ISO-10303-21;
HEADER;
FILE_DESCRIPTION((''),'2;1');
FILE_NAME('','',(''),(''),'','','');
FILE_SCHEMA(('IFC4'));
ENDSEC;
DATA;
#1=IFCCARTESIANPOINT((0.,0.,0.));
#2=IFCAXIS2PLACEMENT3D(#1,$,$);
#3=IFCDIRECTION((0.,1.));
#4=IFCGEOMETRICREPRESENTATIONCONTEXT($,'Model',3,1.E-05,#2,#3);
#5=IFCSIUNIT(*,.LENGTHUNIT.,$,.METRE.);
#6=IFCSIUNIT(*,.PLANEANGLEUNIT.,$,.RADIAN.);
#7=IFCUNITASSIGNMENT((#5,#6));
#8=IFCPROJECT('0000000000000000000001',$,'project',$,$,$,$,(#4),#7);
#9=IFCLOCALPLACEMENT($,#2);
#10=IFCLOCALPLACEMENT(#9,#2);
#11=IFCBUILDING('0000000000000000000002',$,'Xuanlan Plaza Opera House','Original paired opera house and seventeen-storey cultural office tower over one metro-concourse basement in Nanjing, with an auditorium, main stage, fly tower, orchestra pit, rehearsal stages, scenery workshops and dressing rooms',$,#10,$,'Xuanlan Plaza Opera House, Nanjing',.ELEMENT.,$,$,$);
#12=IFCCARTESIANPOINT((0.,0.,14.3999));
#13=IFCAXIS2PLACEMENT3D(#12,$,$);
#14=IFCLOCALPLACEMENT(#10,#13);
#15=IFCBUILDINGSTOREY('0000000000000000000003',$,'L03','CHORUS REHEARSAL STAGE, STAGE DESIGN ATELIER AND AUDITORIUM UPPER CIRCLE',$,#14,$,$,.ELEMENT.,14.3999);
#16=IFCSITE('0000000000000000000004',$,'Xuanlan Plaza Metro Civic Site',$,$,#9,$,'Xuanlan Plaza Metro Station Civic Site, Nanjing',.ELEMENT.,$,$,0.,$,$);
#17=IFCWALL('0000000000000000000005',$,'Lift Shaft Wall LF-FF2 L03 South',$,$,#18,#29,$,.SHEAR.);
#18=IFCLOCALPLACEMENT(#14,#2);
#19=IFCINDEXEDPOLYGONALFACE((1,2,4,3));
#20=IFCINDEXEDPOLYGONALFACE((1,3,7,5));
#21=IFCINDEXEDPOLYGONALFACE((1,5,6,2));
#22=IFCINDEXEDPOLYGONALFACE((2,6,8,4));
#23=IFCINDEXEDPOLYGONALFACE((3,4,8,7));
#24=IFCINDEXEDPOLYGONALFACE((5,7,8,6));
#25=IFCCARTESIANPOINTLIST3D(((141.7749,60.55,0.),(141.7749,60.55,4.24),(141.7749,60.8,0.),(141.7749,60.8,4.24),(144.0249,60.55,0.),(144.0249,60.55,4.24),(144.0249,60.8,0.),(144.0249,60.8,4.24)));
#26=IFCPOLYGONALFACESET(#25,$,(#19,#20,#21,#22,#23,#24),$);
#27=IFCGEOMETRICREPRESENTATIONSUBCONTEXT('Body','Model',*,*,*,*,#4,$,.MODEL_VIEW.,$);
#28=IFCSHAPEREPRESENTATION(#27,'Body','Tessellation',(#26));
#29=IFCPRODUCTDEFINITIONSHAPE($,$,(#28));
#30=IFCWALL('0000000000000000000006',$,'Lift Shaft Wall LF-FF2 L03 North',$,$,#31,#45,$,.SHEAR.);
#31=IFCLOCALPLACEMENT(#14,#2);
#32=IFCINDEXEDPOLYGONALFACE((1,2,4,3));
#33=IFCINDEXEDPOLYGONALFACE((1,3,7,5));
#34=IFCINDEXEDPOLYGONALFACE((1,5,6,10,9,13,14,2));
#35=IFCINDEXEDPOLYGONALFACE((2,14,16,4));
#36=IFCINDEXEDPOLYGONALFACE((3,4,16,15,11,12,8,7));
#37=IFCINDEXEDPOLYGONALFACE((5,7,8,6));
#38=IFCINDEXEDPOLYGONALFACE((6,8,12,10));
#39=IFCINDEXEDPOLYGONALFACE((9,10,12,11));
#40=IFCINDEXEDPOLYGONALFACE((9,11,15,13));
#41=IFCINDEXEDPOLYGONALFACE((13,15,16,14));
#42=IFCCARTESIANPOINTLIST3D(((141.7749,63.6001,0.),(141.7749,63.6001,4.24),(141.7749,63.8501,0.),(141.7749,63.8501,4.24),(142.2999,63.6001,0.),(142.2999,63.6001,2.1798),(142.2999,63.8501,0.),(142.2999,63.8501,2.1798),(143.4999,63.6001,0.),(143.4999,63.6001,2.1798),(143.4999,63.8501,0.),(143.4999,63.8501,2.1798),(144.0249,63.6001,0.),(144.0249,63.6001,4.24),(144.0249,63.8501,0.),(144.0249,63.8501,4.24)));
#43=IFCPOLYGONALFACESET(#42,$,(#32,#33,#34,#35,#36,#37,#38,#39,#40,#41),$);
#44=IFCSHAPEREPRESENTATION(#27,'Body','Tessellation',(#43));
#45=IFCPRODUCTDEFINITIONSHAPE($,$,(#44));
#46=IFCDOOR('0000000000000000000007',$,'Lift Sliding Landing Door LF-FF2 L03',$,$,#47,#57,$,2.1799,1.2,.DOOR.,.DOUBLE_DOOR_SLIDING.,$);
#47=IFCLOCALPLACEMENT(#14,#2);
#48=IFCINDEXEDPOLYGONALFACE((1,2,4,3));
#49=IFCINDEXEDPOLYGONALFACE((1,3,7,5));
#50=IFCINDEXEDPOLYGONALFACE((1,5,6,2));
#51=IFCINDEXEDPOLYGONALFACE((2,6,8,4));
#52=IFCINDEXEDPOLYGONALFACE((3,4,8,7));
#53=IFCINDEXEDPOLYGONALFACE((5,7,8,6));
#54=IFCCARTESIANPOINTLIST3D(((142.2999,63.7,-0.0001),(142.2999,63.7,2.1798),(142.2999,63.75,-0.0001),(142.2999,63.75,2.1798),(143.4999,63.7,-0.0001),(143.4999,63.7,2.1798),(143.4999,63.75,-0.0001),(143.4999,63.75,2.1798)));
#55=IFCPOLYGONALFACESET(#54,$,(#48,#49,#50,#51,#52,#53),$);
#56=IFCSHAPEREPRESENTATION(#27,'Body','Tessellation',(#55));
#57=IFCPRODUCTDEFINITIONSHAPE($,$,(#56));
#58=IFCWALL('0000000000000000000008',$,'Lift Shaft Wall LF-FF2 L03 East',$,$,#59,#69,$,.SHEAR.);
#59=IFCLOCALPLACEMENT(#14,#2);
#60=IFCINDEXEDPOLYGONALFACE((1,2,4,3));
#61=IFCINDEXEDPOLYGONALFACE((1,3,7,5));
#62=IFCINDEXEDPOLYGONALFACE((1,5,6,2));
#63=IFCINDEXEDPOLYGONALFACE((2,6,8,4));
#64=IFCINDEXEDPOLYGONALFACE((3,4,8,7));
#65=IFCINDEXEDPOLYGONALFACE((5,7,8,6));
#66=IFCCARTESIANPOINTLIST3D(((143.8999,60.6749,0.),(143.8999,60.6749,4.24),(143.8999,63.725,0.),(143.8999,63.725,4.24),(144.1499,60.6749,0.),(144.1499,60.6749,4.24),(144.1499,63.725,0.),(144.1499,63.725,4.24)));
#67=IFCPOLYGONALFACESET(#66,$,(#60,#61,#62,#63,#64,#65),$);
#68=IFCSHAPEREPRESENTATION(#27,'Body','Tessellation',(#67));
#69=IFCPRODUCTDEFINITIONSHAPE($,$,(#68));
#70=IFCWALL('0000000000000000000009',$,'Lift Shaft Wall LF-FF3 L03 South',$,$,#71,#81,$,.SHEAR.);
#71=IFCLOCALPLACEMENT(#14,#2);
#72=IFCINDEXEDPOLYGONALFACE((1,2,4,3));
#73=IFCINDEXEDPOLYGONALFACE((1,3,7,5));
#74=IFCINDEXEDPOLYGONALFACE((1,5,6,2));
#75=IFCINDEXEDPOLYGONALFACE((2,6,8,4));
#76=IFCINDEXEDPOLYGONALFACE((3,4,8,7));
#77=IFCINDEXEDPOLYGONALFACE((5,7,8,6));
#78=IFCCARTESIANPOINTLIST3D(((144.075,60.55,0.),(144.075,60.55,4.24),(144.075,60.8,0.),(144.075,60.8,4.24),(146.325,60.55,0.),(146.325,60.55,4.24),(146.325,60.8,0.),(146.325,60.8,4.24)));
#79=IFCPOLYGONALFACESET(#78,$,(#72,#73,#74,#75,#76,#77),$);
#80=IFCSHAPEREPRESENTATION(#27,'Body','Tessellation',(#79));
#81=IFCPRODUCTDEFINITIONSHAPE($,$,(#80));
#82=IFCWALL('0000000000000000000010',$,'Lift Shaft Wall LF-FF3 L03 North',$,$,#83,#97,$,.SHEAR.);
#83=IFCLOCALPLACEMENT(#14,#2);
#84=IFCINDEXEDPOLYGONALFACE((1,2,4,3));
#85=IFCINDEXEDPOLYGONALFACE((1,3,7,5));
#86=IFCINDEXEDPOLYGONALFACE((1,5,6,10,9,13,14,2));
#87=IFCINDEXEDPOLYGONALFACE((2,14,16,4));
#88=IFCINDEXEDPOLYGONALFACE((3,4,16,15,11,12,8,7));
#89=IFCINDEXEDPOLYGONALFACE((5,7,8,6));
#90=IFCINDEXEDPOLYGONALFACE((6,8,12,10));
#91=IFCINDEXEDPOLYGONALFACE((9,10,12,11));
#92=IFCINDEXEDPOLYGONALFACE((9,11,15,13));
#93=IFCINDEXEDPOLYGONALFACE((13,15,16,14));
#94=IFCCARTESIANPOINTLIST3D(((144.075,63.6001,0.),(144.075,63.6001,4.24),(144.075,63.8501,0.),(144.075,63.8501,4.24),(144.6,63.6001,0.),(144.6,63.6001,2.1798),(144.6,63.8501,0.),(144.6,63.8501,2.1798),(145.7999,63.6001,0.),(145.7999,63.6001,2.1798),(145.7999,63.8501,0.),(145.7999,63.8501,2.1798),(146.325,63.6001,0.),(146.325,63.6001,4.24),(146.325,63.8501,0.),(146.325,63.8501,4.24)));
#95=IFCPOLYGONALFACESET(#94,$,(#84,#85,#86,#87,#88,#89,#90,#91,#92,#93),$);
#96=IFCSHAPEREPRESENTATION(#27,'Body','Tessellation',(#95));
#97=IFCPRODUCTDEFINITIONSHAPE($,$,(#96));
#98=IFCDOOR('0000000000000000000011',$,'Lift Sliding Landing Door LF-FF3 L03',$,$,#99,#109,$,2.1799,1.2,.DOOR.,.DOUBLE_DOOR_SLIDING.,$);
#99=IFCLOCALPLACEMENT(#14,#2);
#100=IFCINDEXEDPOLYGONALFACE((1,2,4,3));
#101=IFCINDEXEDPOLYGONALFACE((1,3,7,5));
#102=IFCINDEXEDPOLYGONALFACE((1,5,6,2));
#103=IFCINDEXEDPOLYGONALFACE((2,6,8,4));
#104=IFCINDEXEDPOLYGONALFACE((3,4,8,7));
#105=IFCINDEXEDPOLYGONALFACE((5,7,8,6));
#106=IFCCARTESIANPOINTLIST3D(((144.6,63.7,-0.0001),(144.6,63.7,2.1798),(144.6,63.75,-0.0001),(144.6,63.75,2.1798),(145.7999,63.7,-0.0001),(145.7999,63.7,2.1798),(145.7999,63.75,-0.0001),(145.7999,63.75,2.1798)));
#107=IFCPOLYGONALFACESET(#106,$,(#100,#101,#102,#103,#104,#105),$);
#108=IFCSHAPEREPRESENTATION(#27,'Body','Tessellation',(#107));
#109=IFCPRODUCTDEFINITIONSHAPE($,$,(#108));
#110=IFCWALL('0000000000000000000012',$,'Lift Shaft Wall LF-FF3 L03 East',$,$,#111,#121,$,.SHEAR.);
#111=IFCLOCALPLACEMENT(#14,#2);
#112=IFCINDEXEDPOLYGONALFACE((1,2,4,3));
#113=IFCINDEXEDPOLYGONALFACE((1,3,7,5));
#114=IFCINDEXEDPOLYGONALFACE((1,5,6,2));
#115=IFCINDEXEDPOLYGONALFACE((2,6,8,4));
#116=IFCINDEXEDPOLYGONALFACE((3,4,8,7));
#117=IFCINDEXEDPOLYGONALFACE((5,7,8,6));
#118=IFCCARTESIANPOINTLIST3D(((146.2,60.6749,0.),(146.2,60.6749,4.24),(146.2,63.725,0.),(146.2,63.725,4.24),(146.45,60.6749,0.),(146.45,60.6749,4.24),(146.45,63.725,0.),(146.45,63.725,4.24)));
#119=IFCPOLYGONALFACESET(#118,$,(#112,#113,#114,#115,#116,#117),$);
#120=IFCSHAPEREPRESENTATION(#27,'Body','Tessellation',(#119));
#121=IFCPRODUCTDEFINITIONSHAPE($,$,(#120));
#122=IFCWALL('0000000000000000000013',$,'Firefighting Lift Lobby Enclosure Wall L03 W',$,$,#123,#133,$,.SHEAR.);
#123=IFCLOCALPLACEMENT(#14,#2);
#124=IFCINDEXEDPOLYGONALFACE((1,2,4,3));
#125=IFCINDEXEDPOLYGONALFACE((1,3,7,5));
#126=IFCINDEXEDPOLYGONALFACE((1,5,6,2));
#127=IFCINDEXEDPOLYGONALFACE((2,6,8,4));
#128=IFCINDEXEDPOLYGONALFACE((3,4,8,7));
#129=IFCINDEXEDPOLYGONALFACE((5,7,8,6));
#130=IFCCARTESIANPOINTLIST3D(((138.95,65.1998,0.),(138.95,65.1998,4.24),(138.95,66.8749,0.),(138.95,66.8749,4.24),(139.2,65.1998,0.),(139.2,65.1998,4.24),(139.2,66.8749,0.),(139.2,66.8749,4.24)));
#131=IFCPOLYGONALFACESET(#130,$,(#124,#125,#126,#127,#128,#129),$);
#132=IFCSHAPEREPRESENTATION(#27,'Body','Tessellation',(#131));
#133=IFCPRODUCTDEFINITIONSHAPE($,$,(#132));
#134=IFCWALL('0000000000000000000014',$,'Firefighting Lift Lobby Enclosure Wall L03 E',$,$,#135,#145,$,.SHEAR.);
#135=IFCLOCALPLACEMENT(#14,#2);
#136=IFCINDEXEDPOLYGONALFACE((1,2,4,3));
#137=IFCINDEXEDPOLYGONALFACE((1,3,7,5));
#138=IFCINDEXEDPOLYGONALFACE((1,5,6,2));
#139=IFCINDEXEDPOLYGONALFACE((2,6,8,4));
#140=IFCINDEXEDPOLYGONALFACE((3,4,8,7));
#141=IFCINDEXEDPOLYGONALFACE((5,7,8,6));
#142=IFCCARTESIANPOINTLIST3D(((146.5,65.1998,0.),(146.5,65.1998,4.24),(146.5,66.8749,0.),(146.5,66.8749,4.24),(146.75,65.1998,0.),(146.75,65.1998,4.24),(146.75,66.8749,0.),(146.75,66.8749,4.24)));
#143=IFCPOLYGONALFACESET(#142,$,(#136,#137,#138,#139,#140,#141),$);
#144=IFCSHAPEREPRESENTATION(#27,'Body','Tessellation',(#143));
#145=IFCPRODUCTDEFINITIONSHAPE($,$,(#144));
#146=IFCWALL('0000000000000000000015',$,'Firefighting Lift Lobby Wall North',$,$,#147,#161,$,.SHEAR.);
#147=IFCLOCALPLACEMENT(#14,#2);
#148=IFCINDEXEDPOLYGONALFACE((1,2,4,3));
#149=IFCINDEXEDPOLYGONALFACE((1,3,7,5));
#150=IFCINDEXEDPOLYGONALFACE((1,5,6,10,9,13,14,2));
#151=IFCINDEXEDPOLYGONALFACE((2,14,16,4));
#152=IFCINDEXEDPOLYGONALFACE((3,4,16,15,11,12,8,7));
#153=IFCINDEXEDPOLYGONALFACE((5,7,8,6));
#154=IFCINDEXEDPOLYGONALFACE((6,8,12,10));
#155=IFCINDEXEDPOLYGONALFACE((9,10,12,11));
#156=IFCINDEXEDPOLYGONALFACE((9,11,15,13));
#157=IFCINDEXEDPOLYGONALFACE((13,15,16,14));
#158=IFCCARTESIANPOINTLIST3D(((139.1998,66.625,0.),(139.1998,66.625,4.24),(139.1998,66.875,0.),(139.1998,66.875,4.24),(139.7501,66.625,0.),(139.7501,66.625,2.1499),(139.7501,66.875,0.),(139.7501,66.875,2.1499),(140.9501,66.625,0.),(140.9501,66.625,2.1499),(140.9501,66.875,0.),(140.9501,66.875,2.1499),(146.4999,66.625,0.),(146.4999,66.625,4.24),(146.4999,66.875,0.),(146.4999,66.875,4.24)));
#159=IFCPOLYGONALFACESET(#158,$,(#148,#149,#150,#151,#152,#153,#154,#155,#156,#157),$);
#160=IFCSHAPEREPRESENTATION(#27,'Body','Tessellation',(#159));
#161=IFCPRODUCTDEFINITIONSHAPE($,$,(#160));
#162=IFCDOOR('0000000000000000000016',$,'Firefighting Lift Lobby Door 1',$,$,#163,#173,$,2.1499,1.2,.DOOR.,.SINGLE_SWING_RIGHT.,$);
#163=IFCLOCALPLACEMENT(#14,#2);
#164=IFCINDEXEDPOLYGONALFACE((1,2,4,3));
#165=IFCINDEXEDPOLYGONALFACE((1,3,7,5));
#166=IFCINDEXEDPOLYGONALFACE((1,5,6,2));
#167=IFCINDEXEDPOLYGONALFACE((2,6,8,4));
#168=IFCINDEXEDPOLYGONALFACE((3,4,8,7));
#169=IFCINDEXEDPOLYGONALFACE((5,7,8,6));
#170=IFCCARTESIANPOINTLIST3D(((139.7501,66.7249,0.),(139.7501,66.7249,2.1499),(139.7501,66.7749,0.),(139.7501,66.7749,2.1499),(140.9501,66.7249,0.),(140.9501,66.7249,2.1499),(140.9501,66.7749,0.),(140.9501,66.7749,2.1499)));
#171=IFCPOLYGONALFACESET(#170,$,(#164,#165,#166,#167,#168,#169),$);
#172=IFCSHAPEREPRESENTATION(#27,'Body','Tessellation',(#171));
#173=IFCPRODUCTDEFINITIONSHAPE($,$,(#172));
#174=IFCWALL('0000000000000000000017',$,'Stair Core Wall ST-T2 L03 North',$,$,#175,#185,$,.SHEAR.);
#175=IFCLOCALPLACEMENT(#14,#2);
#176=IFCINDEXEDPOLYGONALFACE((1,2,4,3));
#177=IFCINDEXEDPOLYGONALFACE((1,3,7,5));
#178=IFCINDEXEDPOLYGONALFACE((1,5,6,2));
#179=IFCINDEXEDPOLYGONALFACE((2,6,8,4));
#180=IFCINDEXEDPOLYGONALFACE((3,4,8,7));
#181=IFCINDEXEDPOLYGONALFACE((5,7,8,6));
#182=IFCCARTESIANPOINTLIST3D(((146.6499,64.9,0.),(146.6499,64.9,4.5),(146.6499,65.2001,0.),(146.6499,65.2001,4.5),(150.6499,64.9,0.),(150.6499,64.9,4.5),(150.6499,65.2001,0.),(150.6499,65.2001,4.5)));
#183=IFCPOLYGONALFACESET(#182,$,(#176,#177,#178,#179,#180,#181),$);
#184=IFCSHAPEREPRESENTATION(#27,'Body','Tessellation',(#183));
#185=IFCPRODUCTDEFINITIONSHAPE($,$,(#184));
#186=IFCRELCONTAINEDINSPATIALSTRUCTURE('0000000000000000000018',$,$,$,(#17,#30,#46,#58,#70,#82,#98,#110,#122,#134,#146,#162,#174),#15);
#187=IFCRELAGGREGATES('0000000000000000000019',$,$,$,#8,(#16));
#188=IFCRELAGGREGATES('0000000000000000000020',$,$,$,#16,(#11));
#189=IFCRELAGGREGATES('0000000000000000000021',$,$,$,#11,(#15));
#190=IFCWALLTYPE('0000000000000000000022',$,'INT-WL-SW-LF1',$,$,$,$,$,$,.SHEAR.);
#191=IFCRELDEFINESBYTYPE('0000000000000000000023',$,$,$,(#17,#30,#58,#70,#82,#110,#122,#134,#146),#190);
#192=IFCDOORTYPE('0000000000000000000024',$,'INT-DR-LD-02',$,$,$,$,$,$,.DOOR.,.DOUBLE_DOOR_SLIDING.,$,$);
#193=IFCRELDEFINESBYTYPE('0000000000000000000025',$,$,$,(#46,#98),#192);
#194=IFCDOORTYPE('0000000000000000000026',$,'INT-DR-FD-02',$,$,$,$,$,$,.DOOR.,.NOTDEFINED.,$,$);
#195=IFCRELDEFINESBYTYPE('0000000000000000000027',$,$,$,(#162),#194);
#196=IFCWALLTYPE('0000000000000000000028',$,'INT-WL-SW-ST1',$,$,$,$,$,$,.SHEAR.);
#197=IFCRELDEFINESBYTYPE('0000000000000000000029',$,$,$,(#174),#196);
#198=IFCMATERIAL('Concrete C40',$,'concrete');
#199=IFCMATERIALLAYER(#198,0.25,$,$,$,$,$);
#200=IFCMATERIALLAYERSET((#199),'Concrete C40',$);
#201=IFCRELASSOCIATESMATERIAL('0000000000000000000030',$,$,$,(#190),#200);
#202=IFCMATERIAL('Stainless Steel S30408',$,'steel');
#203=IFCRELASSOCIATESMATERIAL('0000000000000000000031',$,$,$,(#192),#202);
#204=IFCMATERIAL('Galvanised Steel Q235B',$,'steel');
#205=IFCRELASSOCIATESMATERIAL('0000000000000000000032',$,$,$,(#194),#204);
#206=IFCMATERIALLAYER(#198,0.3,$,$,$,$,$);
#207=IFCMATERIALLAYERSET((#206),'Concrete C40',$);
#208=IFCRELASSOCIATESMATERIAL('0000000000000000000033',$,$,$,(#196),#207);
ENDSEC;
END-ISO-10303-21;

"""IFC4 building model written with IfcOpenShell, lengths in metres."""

from ifc_helpers import new_model, si_unit, direction, frame, frame_2d, origin, place, context, subcontext, project, spatial, rectangle, extrude, material, layer, layer_set, type_object, element, fill, save


model = new_model("IFC4")

# Units and contexts
model_context = context("Model", 3, precision=1e-05, world=origin(), true_north=direction((0.0, 1.0)))
body_context = subcontext(model_context, "Body", "Model", "MODEL_VIEW")
ifc_project = project(units=[si_unit("LENGTHUNIT", "METRE"), si_unit("PLANEANGLEUNIT", "RADIAN")], contexts=[model_context])

# Site, building, storey
site_placement = place(None, origin())
site = spatial("IfcSite", under=ifc_project, at=site_placement, Name="Xuanlan Plaza Metro Civic Site", LongName="Xuanlan Plaza Metro Station Civic Site, Nanjing", CompositionType="ELEMENT", RefElevation=0.0)
building_placement = place(site_placement, origin())
building = spatial("IfcBuilding", under=site, at=building_placement, Name="Xuanlan Plaza Opera House", Description="Original paired opera house and seventeen-storey cultural office tower over one metro-concourse basement in Nanjing, with an auditorium, main stage, fly tower, orchestra pit, rehearsal stages, scenery workshops and dressing rooms", LongName="Xuanlan Plaza Opera House, Nanjing", CompositionType="ELEMENT")
storey_placement = place(building_placement, frame((0.0, 0.0, 14.3999)))
storey = spatial("IfcBuildingStorey", under=building, at=storey_placement, Name="L03", Description="CHORUS REHEARSAL STAGE, STAGE DESIGN ATELIER AND AUDITORIUM UPPER CIRCLE", CompositionType="ELEMENT", Elevation=14.3999)

# Shared definitions
ifc_material_1 = material(Name="Concrete C40", Category="concrete")

# Shared definitions
ifc_layer_1 = layer(ifc_material_1, 0.25)
ifc_layer_set_1 = layer_set([ifc_layer_1], Name="Concrete C40")
wall_type_1 = type_object("IfcWallType", Name="INT-WL-SW-LF1", PredefinedType="SHEAR", material=ifc_layer_set_1)

# Shared definitions
ifc_material_2 = material(Name="Stainless Steel S30408", Category="steel")
door_type_1 = type_object("IfcDoorType", Name="INT-DR-LD-02", OperationType="DOUBLE_DOOR_SLIDING", PredefinedType="DOOR", material=ifc_material_2)

# Wall
wall_1_placement = place(storey_placement, frame((141.7749, 60.675, 0.0), z_axis=(0.0, 0.0, 1.0), x_axis=(1.0, 0.0, 0.0)))
element("IfcWall", 1, at=wall_1_placement, inside=storey, type_object=wall_type_1, Name="Lift Shaft Wall LF-FF2 L03 South", PredefinedType="SHEAR", context=body_context, shape_type="SweptSolid", body=[
    extrude(rectangle(XDim=2.25, YDim=0.25, at=frame_2d((1.125, 0.0))), origin(), (0.0, 0.0, 1.0), 4.24),
])

# Wall, opening, door
wall_2_placement = place(storey_placement, frame((141.7749, 63.7251, 0.0), z_axis=(0.0, 0.0, 1.0), x_axis=(1.0, 0.0, 0.0)))
wall_2 = element("IfcWall", 2, at=wall_2_placement, inside=storey, type_object=wall_type_1, Name="Lift Shaft Wall LF-FF2 L03 North", PredefinedType="SHEAR", context=body_context, shape_type="SweptSolid", body=[
    extrude(rectangle(XDim=2.25, YDim=0.25, at=frame_2d((1.125, 0.0))), origin(), (0.0, 0.0, 1.0), 4.24),
])
opening_1_placement = place(wall_2_placement, frame((0.5249, 0.0, 0.0)))
opening_1 = element("IfcOpeningElement", 3, at=opening_1_placement, cuts=wall_2, PredefinedType="OPENING", context=body_context, shape_type="SweptSolid", body=[
    extrude(rectangle(XDim=1.2, YDim=2.1799, at=frame_2d((0.6001, 1.0898))), frame((0.0, 0.135, 0.0), z_axis=(0.0, -1.0, 0.0), x_axis=(1.0, 0.0, 0.0)), (0.0, 0.0, 1.0), 0.27),
])
door_1_placement = place(opening_1_placement, origin())
door_1 = element("IfcDoor", 4, at=door_1_placement, inside=storey, type_object=door_type_1, Name="Lift Sliding Landing Door LF-FF2 L03", OperationType="DOUBLE_DOOR_SLIDING", OverallHeight=2.1799, OverallWidth=1.2, PredefinedType="DOOR", context=body_context, shape_type="SweptSolid", body=[
    extrude(rectangle(XDim=1.2, YDim=2.1799, at=frame_2d((0.6001, 1.0898))), frame((0.0, 0.0249, 0.0), z_axis=(0.0, -1.0, 0.0), x_axis=(1.0, 0.0, 0.0)), (0.0, 0.0, 1.0), 0.05),
])
fill(opening_1, door_1)

# Walls
wall_3_placement = place(storey_placement, frame((144.0249, 60.675, 0.0), z_axis=(0.0, 0.0, 1.0), x_axis=(0.0, 1.0, 0.0)))
element("IfcWall", 5, at=wall_3_placement, inside=storey, type_object=wall_type_1, Name="Lift Shaft Wall LF-FF2 L03 East", PredefinedType="SHEAR", context=body_context, shape_type="SweptSolid", body=[
    extrude(rectangle(XDim=3.05, YDim=0.25, at=frame_2d((1.5249, 0.0))), origin(), (0.0, 0.0, 1.0), 4.24),
])
wall_4_placement = place(storey_placement, frame((144.075, 60.675, 0.0), z_axis=(0.0, 0.0, 1.0), x_axis=(1.0, 0.0, 0.0)))
element("IfcWall", 6, at=wall_4_placement, inside=storey, type_object=wall_type_1, Name="Lift Shaft Wall LF-FF3 L03 South", PredefinedType="SHEAR", context=body_context, shape_type="SweptSolid", body=[
    extrude(rectangle(XDim=2.25, YDim=0.25, at=frame_2d((1.125, 0.0))), origin(), (0.0, 0.0, 1.0), 4.24),
])

# Wall, opening, door
wall_5_placement = place(storey_placement, frame((144.075, 63.7251, 0.0), z_axis=(0.0, 0.0, 1.0), x_axis=(1.0, 0.0, 0.0)))
wall_5 = element("IfcWall", 7, at=wall_5_placement, inside=storey, type_object=wall_type_1, Name="Lift Shaft Wall LF-FF3 L03 North", PredefinedType="SHEAR", context=body_context, shape_type="SweptSolid", body=[
    extrude(rectangle(XDim=2.25, YDim=0.25, at=frame_2d((1.125, 0.0))), origin(), (0.0, 0.0, 1.0), 4.24),
])
opening_2_placement = place(wall_5_placement, frame((0.5249, 0.0, 0.0)))
opening_2 = element("IfcOpeningElement", 8, at=opening_2_placement, cuts=wall_5, PredefinedType="OPENING", context=body_context, shape_type="SweptSolid", body=[
    extrude(rectangle(XDim=1.2, YDim=2.1799, at=frame_2d((0.6001, 1.0898))), frame((0.0, 0.135, 0.0), z_axis=(0.0, -1.0, 0.0), x_axis=(1.0, 0.0, 0.0)), (0.0, 0.0, 1.0), 0.27),
])
door_2_placement = place(opening_2_placement, origin())
door_2 = element("IfcDoor", 9, at=door_2_placement, inside=storey, type_object=door_type_1, Name="Lift Sliding Landing Door LF-FF3 L03", OperationType="DOUBLE_DOOR_SLIDING", OverallHeight=2.1799, OverallWidth=1.2, PredefinedType="DOOR", context=body_context, shape_type="SweptSolid", body=[
    extrude(rectangle(XDim=1.2, YDim=2.1799, at=frame_2d((0.6001, 1.0898))), frame((0.0, 0.0249, 0.0), z_axis=(0.0, -1.0, 0.0), x_axis=(1.0, 0.0, 0.0)), (0.0, 0.0, 1.0), 0.05),
])
fill(opening_2, door_2)

# Walls
wall_6_placement = place(storey_placement, frame((146.325, 60.675, 0.0), z_axis=(0.0, 0.0, 1.0), x_axis=(0.0, 1.0, 0.0)))
element("IfcWall", 10, at=wall_6_placement, inside=storey, type_object=wall_type_1, Name="Lift Shaft Wall LF-FF3 L03 East", PredefinedType="SHEAR", context=body_context, shape_type="SweptSolid", body=[
    extrude(rectangle(XDim=3.05, YDim=0.25, at=frame_2d((1.5249, 0.0))), origin(), (0.0, 0.0, 1.0), 4.24),
])
for number, where, z_axis, x_axis, name in (
    (11, (139.075, 65.2, 0.0), (0.0, 0.0, 1.0), (0.0, 1.0, 0.0), "Firefighting Lift Lobby Enclosure Wall L03 W"),
    (12, (146.625, 65.2, 0.0), (0.0, 0.0, 1.0), (0.0, 1.0, 0.0), "Firefighting Lift Lobby Enclosure Wall L03 E"),
):
    element("IfcWall", number, at=place(storey_placement, frame(where, z_axis=z_axis, x_axis=x_axis)), inside=storey, type_object=wall_type_1, Name=name, PredefinedType="SHEAR", context=body_context, shape_type="SweptSolid", body=[
        extrude(rectangle(XDim=1.675, YDim=0.25, at=frame_2d((0.8374, 0.0))), origin(), (0.0, 0.0, 1.0), 4.24),
    ])

# Wall, opening, door
wall_7_placement = place(storey_placement, frame((139.2, 66.75, 0.0), z_axis=(0.0, 0.0, 1.0), x_axis=(1.0, 0.0, 0.0)))
wall_7 = element("IfcWall", 13, at=wall_7_placement, inside=storey, type_object=wall_type_1, Name="Firefighting Lift Lobby Wall North", PredefinedType="SHEAR", context=body_context, shape_type="SweptSolid", body=[
    extrude(rectangle(XDim=7.3, YDim=0.25, at=frame_2d((3.6499, 0.0))), origin(), (0.0, 0.0, 1.0), 4.24),
])
opening_3_placement = place(wall_7_placement, frame((0.55, 0.0, 0.0)))
opening_3 = element("IfcOpeningElement", 14, at=opening_3_placement, cuts=wall_7, PredefinedType="OPENING", context=body_context, shape_type="SweptSolid", body=[
    extrude(rectangle(XDim=1.2, YDim=2.1499, at=frame_2d((0.6001, 1.075))), frame((0.0, 0.135, 0.0), z_axis=(0.0, -1.0, 0.0), x_axis=(1.0, 0.0, 0.0)), (0.0, 0.0, 1.0), 0.27),
])
ifc_material_3 = material(Name="Galvanised Steel Q235B", Category="steel")
door_type_2 = type_object("IfcDoorType", Name="INT-DR-FD-02", OperationType="NOTDEFINED", PredefinedType="DOOR", material=ifc_material_3)
door_3_placement = place(opening_3_placement, origin())
door_3 = element("IfcDoor", 15, at=door_3_placement, inside=storey, type_object=door_type_2, Name="Firefighting Lift Lobby Door 1", OperationType="SINGLE_SWING_RIGHT", OverallHeight=2.1499, OverallWidth=1.2, PredefinedType="DOOR", context=body_context, shape_type="SweptSolid", body=[
    extrude(rectangle(XDim=1.2, YDim=2.1499, at=frame_2d((0.6001, 1.075))), frame((0.0, 0.0249, 0.0), z_axis=(0.0, -1.0, 0.0), x_axis=(1.0, 0.0, 0.0)), (0.0, 0.0, 1.0), 0.05),
])
fill(opening_3, door_3)

# Wall
ifc_layer_2 = layer(ifc_material_1, 0.3)
ifc_layer_set_2 = layer_set([ifc_layer_2], Name="Concrete C40")
wall_type_2 = type_object("IfcWallType", Name="INT-WL-SW-ST1", PredefinedType="SHEAR", material=ifc_layer_set_2)
wall_8_placement = place(storey_placement, frame((146.6499, 65.05, 0.0), z_axis=(0.0, 0.0, 1.0), x_axis=(1.0, 0.0, 0.0)))
element("IfcWall", 16, at=wall_8_placement, inside=storey, type_object=wall_type_2, Name="Stair Core Wall ST-T2 L03 North", PredefinedType="SHEAR", context=body_context, shape_type="SweptSolid", body=[
    extrude(rectangle(XDim=4.0, YDim=0.3, at=frame_2d((2.0, 0.0))), origin(), (0.0, 0.0, 1.0), 4.5),
])

save(model, "model.ifc")
